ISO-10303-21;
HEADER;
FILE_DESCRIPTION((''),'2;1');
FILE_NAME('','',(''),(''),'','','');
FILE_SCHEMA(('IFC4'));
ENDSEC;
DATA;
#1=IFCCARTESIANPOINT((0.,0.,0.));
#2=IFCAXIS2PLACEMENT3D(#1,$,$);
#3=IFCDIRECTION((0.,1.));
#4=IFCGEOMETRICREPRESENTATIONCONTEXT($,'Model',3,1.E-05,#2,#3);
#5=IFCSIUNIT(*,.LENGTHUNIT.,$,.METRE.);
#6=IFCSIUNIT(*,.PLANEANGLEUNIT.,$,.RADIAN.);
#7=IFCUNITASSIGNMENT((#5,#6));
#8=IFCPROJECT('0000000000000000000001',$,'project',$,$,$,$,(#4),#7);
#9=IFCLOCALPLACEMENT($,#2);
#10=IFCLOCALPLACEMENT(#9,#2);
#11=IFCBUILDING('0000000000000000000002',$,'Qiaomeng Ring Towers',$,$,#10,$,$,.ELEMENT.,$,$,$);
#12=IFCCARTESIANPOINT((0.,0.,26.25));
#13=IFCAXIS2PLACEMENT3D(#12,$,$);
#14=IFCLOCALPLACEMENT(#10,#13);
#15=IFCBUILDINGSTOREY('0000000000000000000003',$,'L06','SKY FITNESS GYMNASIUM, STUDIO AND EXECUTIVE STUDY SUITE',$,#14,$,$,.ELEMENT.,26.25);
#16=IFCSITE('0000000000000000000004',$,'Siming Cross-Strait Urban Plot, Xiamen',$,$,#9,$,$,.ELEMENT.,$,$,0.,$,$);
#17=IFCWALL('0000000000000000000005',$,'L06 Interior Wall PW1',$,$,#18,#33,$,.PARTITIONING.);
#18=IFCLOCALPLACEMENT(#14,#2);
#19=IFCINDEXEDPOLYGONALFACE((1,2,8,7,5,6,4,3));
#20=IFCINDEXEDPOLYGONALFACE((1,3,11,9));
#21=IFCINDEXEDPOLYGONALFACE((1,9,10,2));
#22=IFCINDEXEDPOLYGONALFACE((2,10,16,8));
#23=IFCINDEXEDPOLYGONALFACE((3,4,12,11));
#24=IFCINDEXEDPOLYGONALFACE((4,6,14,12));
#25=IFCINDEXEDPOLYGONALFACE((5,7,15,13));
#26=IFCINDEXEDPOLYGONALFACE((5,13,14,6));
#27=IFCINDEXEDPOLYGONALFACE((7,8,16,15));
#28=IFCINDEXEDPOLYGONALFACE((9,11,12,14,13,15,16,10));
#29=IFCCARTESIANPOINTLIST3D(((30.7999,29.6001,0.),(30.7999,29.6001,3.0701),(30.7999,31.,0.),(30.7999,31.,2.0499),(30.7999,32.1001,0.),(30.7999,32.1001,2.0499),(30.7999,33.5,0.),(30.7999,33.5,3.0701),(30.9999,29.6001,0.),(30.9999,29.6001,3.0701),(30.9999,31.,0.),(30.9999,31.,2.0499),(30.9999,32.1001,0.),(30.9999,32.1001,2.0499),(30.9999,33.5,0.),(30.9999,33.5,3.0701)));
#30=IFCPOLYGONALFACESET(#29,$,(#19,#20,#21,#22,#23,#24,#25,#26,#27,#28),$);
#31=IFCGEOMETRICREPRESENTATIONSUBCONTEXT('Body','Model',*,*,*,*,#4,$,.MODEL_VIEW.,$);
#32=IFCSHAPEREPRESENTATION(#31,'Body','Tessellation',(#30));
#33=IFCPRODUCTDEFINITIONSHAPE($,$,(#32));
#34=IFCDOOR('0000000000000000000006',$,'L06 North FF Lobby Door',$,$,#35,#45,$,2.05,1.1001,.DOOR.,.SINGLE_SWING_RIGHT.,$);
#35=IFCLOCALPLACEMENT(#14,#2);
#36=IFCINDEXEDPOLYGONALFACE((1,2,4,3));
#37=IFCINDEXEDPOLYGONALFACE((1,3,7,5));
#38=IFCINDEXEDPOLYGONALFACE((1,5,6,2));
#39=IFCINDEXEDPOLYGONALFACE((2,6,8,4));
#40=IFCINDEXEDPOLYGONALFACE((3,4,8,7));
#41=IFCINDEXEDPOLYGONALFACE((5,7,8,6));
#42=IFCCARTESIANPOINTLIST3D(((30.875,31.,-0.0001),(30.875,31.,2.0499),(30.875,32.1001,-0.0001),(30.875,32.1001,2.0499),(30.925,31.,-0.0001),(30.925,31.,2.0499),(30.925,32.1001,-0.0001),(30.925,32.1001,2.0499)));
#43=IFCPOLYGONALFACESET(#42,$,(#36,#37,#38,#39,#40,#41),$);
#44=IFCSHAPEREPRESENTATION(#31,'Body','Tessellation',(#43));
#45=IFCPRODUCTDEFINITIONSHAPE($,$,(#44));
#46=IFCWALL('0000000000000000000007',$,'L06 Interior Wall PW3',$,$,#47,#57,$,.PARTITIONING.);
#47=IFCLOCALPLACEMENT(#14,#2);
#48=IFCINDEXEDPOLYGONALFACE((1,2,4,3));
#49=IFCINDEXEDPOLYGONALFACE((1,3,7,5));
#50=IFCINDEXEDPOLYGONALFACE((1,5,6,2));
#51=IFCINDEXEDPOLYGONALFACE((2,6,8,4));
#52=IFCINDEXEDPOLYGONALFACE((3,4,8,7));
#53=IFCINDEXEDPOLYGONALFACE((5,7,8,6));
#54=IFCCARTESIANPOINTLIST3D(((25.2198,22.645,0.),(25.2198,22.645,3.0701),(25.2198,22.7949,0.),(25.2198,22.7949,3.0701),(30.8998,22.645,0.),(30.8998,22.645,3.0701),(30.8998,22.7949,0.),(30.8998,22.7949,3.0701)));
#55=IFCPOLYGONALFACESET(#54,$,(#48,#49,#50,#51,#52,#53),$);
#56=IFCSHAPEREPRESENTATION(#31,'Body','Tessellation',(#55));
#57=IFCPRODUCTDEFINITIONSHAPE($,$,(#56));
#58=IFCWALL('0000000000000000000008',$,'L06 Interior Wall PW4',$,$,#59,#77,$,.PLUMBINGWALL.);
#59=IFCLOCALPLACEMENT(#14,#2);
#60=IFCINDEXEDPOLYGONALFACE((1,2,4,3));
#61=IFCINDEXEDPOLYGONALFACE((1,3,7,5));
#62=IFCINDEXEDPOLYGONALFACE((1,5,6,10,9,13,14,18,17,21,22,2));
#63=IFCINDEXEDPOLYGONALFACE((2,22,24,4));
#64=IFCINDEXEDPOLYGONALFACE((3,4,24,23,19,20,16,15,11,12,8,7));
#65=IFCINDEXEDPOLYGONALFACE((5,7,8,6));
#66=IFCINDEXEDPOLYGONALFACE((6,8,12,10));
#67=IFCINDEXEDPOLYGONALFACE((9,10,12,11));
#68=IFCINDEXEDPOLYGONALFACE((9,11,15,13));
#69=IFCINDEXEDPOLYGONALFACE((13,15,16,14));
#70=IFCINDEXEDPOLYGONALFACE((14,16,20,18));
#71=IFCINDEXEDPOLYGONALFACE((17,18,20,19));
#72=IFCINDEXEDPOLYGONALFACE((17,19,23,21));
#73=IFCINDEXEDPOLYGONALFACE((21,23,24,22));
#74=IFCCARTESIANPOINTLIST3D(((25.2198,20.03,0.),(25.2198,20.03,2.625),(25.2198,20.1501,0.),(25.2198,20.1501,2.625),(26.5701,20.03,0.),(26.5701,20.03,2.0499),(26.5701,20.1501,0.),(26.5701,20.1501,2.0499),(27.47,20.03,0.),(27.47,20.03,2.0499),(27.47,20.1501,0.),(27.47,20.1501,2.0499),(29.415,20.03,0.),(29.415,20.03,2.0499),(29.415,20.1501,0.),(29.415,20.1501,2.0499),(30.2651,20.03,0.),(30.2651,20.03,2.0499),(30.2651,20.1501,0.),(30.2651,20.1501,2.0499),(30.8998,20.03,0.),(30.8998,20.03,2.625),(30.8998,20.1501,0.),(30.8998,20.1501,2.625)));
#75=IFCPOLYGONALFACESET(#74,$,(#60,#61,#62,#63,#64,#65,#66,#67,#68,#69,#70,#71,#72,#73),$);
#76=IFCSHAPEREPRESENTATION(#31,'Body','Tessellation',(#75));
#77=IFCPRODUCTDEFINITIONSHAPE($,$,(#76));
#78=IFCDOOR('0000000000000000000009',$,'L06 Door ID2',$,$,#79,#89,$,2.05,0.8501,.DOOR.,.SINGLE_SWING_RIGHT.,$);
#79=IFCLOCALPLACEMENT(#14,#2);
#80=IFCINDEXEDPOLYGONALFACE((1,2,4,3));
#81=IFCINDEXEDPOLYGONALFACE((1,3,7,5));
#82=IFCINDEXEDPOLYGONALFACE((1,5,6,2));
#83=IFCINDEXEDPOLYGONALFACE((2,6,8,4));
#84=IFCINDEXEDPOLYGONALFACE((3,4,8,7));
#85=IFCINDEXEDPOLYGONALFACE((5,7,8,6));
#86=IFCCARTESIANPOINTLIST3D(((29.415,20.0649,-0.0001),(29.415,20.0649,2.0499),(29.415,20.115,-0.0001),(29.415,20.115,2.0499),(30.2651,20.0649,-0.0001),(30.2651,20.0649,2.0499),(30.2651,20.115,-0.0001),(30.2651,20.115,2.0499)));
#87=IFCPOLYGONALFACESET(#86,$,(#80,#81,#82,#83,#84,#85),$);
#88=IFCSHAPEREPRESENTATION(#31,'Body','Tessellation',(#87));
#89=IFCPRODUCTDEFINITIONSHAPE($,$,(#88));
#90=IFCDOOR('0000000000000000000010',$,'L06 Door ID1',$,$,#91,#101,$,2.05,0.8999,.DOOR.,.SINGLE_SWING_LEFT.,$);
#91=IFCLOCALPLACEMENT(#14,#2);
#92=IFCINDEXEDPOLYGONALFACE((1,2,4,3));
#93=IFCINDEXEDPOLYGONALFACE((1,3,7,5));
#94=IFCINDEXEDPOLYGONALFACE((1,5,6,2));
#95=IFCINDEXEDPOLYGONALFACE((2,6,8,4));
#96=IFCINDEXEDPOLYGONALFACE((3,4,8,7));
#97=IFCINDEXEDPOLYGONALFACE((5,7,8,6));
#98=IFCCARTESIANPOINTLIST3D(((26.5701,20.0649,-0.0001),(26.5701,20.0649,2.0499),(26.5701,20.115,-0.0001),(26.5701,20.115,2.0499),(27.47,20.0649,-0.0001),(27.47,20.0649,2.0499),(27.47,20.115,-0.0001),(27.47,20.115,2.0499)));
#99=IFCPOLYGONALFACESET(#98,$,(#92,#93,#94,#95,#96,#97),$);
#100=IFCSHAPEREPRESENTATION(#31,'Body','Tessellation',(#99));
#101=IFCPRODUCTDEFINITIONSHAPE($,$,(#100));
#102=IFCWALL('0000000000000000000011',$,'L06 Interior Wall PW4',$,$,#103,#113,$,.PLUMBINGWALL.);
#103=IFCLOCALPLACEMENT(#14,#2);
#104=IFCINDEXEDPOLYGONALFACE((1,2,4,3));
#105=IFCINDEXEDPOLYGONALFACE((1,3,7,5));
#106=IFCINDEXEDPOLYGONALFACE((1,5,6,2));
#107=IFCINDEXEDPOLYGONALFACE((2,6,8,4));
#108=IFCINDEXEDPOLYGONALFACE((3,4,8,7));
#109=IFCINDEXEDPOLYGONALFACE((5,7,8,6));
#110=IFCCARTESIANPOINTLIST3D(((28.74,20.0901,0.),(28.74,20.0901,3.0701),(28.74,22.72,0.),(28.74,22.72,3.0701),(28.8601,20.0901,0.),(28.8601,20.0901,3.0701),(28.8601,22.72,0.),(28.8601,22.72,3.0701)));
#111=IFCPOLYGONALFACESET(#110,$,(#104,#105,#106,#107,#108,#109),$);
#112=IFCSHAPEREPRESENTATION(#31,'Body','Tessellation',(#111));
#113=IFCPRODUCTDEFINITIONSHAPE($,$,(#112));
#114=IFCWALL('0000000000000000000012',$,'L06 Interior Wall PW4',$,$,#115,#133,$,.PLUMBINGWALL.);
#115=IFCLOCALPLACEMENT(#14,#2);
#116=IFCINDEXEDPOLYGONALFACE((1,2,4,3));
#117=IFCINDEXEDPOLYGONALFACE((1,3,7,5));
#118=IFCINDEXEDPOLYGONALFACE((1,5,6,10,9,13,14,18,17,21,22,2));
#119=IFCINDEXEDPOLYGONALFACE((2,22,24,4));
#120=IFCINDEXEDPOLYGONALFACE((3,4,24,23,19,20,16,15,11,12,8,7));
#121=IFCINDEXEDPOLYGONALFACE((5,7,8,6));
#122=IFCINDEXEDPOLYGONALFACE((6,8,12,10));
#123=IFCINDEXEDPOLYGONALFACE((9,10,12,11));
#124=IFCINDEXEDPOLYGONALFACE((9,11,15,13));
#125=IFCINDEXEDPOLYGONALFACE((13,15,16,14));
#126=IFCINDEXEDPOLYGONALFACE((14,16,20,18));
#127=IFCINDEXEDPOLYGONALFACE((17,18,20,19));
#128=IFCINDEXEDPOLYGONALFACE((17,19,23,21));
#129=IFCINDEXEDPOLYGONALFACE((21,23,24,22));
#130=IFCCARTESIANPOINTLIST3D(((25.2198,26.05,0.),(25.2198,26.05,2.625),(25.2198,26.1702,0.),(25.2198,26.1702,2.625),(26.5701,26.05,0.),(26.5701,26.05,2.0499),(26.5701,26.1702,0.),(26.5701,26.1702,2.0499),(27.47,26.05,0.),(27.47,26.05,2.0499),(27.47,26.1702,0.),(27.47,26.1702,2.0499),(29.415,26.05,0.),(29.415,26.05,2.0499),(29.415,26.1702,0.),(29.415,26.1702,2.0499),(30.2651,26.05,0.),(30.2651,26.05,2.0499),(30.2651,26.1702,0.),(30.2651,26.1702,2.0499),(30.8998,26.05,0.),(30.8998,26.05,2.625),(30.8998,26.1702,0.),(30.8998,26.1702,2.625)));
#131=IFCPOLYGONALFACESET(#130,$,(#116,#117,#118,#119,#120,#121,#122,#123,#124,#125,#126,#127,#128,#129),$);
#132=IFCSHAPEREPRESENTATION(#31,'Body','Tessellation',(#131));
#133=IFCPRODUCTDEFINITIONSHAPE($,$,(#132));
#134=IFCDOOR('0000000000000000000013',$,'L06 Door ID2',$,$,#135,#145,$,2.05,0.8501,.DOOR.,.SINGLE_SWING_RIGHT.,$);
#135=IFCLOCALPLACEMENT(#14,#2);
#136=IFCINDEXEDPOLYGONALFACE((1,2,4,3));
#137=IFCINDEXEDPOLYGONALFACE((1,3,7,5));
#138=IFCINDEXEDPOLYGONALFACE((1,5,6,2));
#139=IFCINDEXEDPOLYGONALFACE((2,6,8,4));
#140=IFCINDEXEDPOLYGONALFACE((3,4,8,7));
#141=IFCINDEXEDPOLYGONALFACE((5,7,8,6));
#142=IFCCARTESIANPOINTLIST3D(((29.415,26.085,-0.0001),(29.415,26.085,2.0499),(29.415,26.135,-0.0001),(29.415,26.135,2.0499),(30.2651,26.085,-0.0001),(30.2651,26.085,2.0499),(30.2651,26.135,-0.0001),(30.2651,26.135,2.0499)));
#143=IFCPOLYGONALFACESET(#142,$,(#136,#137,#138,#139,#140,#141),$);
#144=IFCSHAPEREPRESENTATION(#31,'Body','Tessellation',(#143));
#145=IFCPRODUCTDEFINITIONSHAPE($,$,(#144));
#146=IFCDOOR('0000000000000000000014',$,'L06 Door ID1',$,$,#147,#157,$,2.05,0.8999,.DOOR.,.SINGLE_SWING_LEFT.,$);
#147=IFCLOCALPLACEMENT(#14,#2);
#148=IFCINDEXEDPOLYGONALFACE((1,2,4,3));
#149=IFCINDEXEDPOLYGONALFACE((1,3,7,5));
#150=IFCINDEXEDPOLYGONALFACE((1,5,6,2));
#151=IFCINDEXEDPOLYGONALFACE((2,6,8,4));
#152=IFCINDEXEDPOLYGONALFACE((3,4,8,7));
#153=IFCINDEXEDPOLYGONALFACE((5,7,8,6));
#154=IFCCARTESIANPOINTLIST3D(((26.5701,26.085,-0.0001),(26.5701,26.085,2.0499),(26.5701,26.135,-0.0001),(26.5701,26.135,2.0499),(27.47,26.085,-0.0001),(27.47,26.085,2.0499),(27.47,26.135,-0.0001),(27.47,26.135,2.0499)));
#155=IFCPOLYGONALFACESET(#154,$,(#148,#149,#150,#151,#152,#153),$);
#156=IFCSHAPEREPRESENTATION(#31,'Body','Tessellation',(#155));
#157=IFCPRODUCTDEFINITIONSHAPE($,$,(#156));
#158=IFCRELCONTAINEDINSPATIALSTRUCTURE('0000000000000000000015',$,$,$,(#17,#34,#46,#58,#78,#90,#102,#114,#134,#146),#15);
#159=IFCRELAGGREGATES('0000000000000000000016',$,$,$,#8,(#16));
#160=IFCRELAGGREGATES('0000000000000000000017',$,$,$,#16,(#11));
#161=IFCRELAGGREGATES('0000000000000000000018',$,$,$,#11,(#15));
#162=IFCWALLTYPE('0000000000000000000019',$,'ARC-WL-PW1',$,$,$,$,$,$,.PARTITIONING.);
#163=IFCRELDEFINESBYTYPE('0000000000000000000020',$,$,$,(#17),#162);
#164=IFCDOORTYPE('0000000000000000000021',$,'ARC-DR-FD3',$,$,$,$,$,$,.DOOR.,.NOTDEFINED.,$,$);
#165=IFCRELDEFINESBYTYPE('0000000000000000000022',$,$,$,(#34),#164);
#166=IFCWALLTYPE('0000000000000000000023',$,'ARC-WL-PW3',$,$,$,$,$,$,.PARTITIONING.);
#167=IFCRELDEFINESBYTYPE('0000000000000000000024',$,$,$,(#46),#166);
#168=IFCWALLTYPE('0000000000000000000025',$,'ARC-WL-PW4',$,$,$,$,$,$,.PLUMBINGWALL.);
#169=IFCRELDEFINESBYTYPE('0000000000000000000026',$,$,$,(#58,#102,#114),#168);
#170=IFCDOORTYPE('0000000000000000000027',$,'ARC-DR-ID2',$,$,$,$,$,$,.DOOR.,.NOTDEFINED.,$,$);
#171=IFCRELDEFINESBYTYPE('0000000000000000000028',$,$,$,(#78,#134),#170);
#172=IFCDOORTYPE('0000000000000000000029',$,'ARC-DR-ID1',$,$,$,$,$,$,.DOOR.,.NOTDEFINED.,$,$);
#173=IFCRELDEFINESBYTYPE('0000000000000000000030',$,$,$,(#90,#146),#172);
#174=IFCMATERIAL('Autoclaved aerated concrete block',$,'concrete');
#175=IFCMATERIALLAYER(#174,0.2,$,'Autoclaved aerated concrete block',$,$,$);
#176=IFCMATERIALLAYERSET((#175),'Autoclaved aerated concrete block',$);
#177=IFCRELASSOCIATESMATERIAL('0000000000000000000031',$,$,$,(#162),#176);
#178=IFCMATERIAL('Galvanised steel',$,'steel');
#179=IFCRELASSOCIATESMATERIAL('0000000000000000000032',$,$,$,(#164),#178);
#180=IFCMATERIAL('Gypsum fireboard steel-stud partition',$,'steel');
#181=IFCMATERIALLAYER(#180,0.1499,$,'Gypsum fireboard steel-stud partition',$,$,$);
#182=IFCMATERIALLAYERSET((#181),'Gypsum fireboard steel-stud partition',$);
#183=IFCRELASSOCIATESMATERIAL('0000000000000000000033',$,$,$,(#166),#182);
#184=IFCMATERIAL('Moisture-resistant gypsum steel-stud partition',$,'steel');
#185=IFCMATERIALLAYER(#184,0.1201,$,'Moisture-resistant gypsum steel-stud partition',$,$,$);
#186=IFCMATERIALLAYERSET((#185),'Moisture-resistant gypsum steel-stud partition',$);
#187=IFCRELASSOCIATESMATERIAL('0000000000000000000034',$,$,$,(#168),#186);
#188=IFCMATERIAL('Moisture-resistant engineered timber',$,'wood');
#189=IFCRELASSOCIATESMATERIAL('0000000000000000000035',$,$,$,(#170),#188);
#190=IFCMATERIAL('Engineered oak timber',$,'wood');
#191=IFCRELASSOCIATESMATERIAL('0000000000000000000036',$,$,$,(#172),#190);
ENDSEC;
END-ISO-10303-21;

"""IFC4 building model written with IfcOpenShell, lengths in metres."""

from ifc_helpers import new_model, si_unit, direction, frame, frame_2d, origin, place, context, subcontext, project, spatial, rectangle, extrude, source, transform, mapped, material, layer, layer_set, type_object, element, fill, save


model = new_model("IFC4")

# Units and contexts
model_context = context("Model", 3, precision=1e-05, world=origin(), true_north=direction((0.0, 1.0)))
body_context = subcontext(model_context, "Body", "Model", "MODEL_VIEW")
ifc_project = project(units=[si_unit("LENGTHUNIT", "METRE"), si_unit("PLANEANGLEUNIT", "RADIAN")], contexts=[model_context])

# Site, building, storey
site_placement = place(None, origin())
site = spatial("IfcSite", under=ifc_project, at=site_placement, Name="Siming Cross-Strait Urban Plot, Xiamen", CompositionType="ELEMENT", RefElevation=0.0)
building_placement = place(site_placement, origin())
building = spatial("IfcBuilding", under=site, at=building_placement, Name="Qiaomeng Ring Towers", CompositionType="ELEMENT")
storey_placement = place(building_placement, frame((0.0, 0.0, 26.25)))
storey = spatial("IfcBuildingStorey", under=building, at=storey_placement, Name="L06", Description="SKY FITNESS GYMNASIUM, STUDIO AND EXECUTIVE STUDY SUITE", CompositionType="ELEMENT", Elevation=26.25)

# Shared definitions
ifc_material_1 = material(Name="Autoclaved aerated concrete block", Category="concrete")
ifc_layer_1 = layer(ifc_material_1, 0.2, Name="Autoclaved aerated concrete block")
ifc_layer_set_1 = layer_set([ifc_layer_1], Name="Autoclaved aerated concrete block")
wall_type_1 = type_object("IfcWallType", Name="ARC-WL-PW1", PredefinedType="PARTITIONING", material=ifc_layer_set_1)

# Wall, opening, door
wall_1_placement = place(storey_placement, frame((30.8999, 29.6001, 0.0), z_axis=(0.0, 0.0, 1.0), x_axis=(0.0, 1.0, 0.0)))
wall_1 = element("IfcWall", 1, at=wall_1_placement, inside=storey, type_object=wall_type_1, Name="L06 Interior Wall PW1", PredefinedType="PARTITIONING", context=body_context, shape_type="SweptSolid", body=[
    extrude(rectangle(XDim=3.8999, YDim=0.2, at=frame_2d((1.95, 0.0))), origin(), (0.0, 0.0, 1.0), 3.0701),
])
opening_1_placement = place(wall_1_placement, frame((1.3999, 0.0, 0.0)))
opening_1 = element("IfcOpeningElement", 2, at=opening_1_placement, cuts=wall_1, PredefinedType="OPENING", context=body_context, shape_type="SweptSolid", body=[
    extrude(rectangle(XDim=1.1001, YDim=2.05, at=frame_2d((0.55, 1.0249))), frame((0.0, 0.1099, 0.0), z_axis=(0.0, -1.0, 0.0), x_axis=(1.0, 0.0, 0.0)), (0.0, 0.0, 1.0), 0.22),
])
ifc_material_2 = material(Name="Galvanised steel", Category="steel")
door_type_1 = type_object("IfcDoorType", Name="ARC-DR-FD3", OperationType="NOTDEFINED", PredefinedType="DOOR", material=ifc_material_2)
shared_shape_1 = source(origin(), body_context, "Body", "SweptSolid", [
    extrude(rectangle(XDim=1.1001, YDim=2.05, at=frame_2d((0.55, 1.0249))), frame((0.0, 0.0249, 0.0), z_axis=(0.0, -1.0, 0.0), x_axis=(1.0, 0.0, 0.0)), (0.0, 0.0, 1.0), 0.05),
])
door_1_placement = place(opening_1_placement, origin())
door_1 = element("IfcDoor", 3, at=door_1_placement, inside=storey, type_object=door_type_1, Name="L06 North FF Lobby Door", OperationType="SINGLE_SWING_RIGHT", OverallHeight=2.05, OverallWidth=1.1001, PredefinedType="DOOR", context=body_context, shape_type="MappedRepresentation", body=[
    mapped(shared_shape_1, transform((0.0, 0.0, 0.0), x_axis=(1.0, 0.0, 0.0), y_axis=(0.0, 1.0, 0.0), z_axis=(0.0, 0.0, 1.0), scale=1.0)),
])
fill(opening_1, door_1)

# Wall
ifc_material_3 = material(Name="Gypsum fireboard steel-stud partition", Category="steel")
ifc_layer_2 = layer(ifc_material_3, 0.1499, Name="Gypsum fireboard steel-stud partition")
ifc_layer_set_2 = layer_set([ifc_layer_2], Name="Gypsum fireboard steel-stud partition")
wall_type_2 = type_object("IfcWallType", Name="ARC-WL-PW3", PredefinedType="PARTITIONING", material=ifc_layer_set_2)
wall_2_placement = place(storey_placement, frame((25.22, 22.72, 0.0), z_axis=(0.0, 0.0, 1.0), x_axis=(1.0, 0.0, 0.0)))
element("IfcWall", 4, at=wall_2_placement, inside=storey, type_object=wall_type_2, Name="L06 Interior Wall PW3", PredefinedType="PARTITIONING", context=body_context, shape_type="SweptSolid", body=[
    extrude(rectangle(XDim=5.6799, YDim=0.1499, at=frame_2d((2.8398, 0.0))), origin(), (0.0, 0.0, 1.0), 3.0701),
])

# Wall, openings, doors
ifc_material_4 = material(Name="Moisture-resistant gypsum steel-stud partition", Category="steel")
ifc_layer_3 = layer(ifc_material_4, 0.1201, Name="Moisture-resistant gypsum steel-stud partition")
ifc_layer_set_3 = layer_set([ifc_layer_3], Name="Moisture-resistant gypsum steel-stud partition")
wall_type_3 = type_object("IfcWallType", Name="ARC-WL-PW4", PredefinedType="PLUMBINGWALL", material=ifc_layer_set_3)
wall_3_placement = place(storey_placement, frame((25.22, 20.0901, 0.0), z_axis=(0.0, 0.0, 1.0), x_axis=(1.0, 0.0, 0.0)))
wall_3 = element("IfcWall", 5, at=wall_3_placement, inside=storey, type_object=wall_type_3, Name="L06 Interior Wall PW4", PredefinedType="PLUMBINGWALL", context=body_context, shape_type="SweptSolid", body=[
    extrude(rectangle(XDim=5.6799, YDim=0.1201, at=frame_2d((2.8398, 0.0))), origin(), (0.0, 0.0, 1.0), 2.625),
])
opening_2_placement = place(wall_3_placement, frame((1.3501, 0.0, 0.0)))
opening_2 = element("IfcOpeningElement", 6, at=opening_2_placement, cuts=wall_3, PredefinedType="OPENING", context=body_context, shape_type="SweptSolid", body=[
    extrude(rectangle(XDim=0.8999, YDim=2.05, at=frame_2d((0.45, 1.0249))), frame((0.0, 0.0701, 0.0), z_axis=(0.0, -1.0, 0.0), x_axis=(1.0, 0.0, 0.0)), (0.0, 0.0, 1.0), 0.1401),
])
opening_3_placement = place(wall_3_placement, frame((4.1951, 0.0, 0.0)))
opening_3 = element("IfcOpeningElement", 7, at=opening_3_placement, cuts=wall_3, PredefinedType="OPENING", context=body_context, shape_type="SweptSolid", body=[
    extrude(rectangle(XDim=0.8501, YDim=2.05, at=frame_2d((0.425, 1.0249))), frame((0.0, 0.0701, 0.0), z_axis=(0.0, -1.0, 0.0), x_axis=(1.0, 0.0, 0.0)), (0.0, 0.0, 1.0), 0.1401),
])
ifc_material_5 = material(Name="Moisture-resistant engineered timber", Category="wood")
door_type_2 = type_object("IfcDoorType", Name="ARC-DR-ID2", OperationType="NOTDEFINED", PredefinedType="DOOR", material=ifc_material_5)
shared_shape_2 = source(origin(), body_context, "Body", "SweptSolid", [
    extrude(rectangle(XDim=0.8501, YDim=2.05, at=frame_2d((0.425, 1.0249))), frame((0.0, 0.0249, 0.0), z_axis=(0.0, -1.0, 0.0), x_axis=(1.0, 0.0, 0.0)), (0.0, 0.0, 1.0), 0.05),
])
door_2_placement = place(opening_3_placement, origin())
door_2 = element("IfcDoor", 8, at=door_2_placement, inside=storey, type_object=door_type_2, Name="L06 Door ID2", OperationType="SINGLE_SWING_RIGHT", OverallHeight=2.05, OverallWidth=0.8501, PredefinedType="DOOR", context=body_context, shape_type="MappedRepresentation", body=[
    mapped(shared_shape_2, transform((0.0, 0.0, 0.0), x_axis=(1.0, 0.0, 0.0), y_axis=(0.0, 1.0, 0.0), z_axis=(0.0, 0.0, 1.0), scale=1.0)),
])
fill(opening_3, door_2)
ifc_material_6 = material(Name="Engineered oak timber", Category="wood")
door_type_3 = type_object("IfcDoorType", Name="ARC-DR-ID1", OperationType="NOTDEFINED", PredefinedType="DOOR", material=ifc_material_6)
shared_shape_3 = source(origin(), body_context, "Body", "SweptSolid", [
    extrude(rectangle(XDim=0.8999, YDim=2.05, at=frame_2d((0.45, 1.0249))), frame((0.0, 0.0249, 0.0), z_axis=(0.0, -1.0, 0.0), x_axis=(1.0, 0.0, 0.0)), (0.0, 0.0, 1.0), 0.05),
])
door_3_placement = place(opening_2_placement, origin())
door_3 = element("IfcDoor", 9, at=door_3_placement, inside=storey, type_object=door_type_3, Name="L06 Door ID1", OperationType="SINGLE_SWING_LEFT", OverallHeight=2.05, OverallWidth=0.8999, PredefinedType="DOOR", context=body_context, shape_type="MappedRepresentation", body=[
    mapped(shared_shape_3, transform((0.0, 0.0, 0.0), x_axis=(1.0, 0.0, 0.0), y_axis=(0.0, 1.0, 0.0), z_axis=(0.0, 0.0, 1.0), scale=1.0)),
])
fill(opening_2, door_3)

# Wall
wall_4_placement = place(storey_placement, frame((28.8, 20.0901, 0.0), z_axis=(0.0, 0.0, 1.0), x_axis=(0.0, 1.0, 0.0)))
element("IfcWall", 10, at=wall_4_placement, inside=storey, type_object=wall_type_3, Name="L06 Interior Wall PW4", PredefinedType="PLUMBINGWALL", context=body_context, shape_type="SweptSolid", body=[
    extrude(rectangle(XDim=2.6299, YDim=0.1201, at=frame_2d((1.3149, 0.0))), origin(), (0.0, 0.0, 1.0), 3.0701),
])

# Wall, openings, doors
wall_5_placement = place(storey_placement, frame((25.22, 26.1101, 0.0), z_axis=(0.0, 0.0, 1.0), x_axis=(1.0, 0.0, 0.0)))
wall_5 = element("IfcWall", 11, at=wall_5_placement, inside=storey, type_object=wall_type_3, Name="L06 Interior Wall PW4", PredefinedType="PLUMBINGWALL", context=body_context, shape_type="SweptSolid", body=[
    extrude(rectangle(XDim=5.6799, YDim=0.1201, at=frame_2d((2.8398, 0.0))), origin(), (0.0, 0.0, 1.0), 2.625),
])
opening_4_placement = place(wall_5_placement, frame((1.3501, 0.0, 0.0)))
opening_4 = element("IfcOpeningElement", 12, at=opening_4_placement, cuts=wall_5, PredefinedType="OPENING", context=body_context, shape_type="SweptSolid", body=[
    extrude(rectangle(XDim=0.8999, YDim=2.05, at=frame_2d((0.45, 1.0249))), frame((0.0, 0.0701, 0.0), z_axis=(0.0, -1.0, 0.0), x_axis=(1.0, 0.0, 0.0)), (0.0, 0.0, 1.0), 0.1401),
])
opening_5_placement = place(wall_5_placement, frame((4.1951, 0.0, 0.0)))
opening_5 = element("IfcOpeningElement", 13, at=opening_5_placement, cuts=wall_5, PredefinedType="OPENING", context=body_context, shape_type="SweptSolid", body=[
    extrude(rectangle(XDim=0.8501, YDim=2.05, at=frame_2d((0.425, 1.0249))), frame((0.0, 0.0701, 0.0), z_axis=(0.0, -1.0, 0.0), x_axis=(1.0, 0.0, 0.0)), (0.0, 0.0, 1.0), 0.1401),
])
door_4_placement = place(opening_5_placement, origin())
door_4 = element("IfcDoor", 14, at=door_4_placement, inside=storey, type_object=door_type_2, Name="L06 Door ID2", OperationType="SINGLE_SWING_RIGHT", OverallHeight=2.05, OverallWidth=0.8501, PredefinedType="DOOR", context=body_context, shape_type="MappedRepresentation", body=[
    mapped(shared_shape_2, transform((0.0, 0.0, 0.0), x_axis=(1.0, 0.0, 0.0), y_axis=(0.0, 1.0, 0.0), z_axis=(0.0, 0.0, 1.0), scale=1.0)),
])
fill(opening_5, door_4)
door_5_placement = place(opening_4_placement, origin())
door_5 = element("IfcDoor", 15, at=door_5_placement, inside=storey, type_object=door_type_3, Name="L06 Door ID1", OperationType="SINGLE_SWING_LEFT", OverallHeight=2.05, OverallWidth=0.8999, PredefinedType="DOOR", context=body_context, shape_type="MappedRepresentation", body=[
    mapped(shared_shape_3, transform((0.0, 0.0, 0.0), x_axis=(1.0, 0.0, 0.0), y_axis=(0.0, 1.0, 0.0), z_axis=(0.0, 0.0, 1.0), scale=1.0)),
])
fill(opening_4, door_5)

save(model, "model.ifc")
